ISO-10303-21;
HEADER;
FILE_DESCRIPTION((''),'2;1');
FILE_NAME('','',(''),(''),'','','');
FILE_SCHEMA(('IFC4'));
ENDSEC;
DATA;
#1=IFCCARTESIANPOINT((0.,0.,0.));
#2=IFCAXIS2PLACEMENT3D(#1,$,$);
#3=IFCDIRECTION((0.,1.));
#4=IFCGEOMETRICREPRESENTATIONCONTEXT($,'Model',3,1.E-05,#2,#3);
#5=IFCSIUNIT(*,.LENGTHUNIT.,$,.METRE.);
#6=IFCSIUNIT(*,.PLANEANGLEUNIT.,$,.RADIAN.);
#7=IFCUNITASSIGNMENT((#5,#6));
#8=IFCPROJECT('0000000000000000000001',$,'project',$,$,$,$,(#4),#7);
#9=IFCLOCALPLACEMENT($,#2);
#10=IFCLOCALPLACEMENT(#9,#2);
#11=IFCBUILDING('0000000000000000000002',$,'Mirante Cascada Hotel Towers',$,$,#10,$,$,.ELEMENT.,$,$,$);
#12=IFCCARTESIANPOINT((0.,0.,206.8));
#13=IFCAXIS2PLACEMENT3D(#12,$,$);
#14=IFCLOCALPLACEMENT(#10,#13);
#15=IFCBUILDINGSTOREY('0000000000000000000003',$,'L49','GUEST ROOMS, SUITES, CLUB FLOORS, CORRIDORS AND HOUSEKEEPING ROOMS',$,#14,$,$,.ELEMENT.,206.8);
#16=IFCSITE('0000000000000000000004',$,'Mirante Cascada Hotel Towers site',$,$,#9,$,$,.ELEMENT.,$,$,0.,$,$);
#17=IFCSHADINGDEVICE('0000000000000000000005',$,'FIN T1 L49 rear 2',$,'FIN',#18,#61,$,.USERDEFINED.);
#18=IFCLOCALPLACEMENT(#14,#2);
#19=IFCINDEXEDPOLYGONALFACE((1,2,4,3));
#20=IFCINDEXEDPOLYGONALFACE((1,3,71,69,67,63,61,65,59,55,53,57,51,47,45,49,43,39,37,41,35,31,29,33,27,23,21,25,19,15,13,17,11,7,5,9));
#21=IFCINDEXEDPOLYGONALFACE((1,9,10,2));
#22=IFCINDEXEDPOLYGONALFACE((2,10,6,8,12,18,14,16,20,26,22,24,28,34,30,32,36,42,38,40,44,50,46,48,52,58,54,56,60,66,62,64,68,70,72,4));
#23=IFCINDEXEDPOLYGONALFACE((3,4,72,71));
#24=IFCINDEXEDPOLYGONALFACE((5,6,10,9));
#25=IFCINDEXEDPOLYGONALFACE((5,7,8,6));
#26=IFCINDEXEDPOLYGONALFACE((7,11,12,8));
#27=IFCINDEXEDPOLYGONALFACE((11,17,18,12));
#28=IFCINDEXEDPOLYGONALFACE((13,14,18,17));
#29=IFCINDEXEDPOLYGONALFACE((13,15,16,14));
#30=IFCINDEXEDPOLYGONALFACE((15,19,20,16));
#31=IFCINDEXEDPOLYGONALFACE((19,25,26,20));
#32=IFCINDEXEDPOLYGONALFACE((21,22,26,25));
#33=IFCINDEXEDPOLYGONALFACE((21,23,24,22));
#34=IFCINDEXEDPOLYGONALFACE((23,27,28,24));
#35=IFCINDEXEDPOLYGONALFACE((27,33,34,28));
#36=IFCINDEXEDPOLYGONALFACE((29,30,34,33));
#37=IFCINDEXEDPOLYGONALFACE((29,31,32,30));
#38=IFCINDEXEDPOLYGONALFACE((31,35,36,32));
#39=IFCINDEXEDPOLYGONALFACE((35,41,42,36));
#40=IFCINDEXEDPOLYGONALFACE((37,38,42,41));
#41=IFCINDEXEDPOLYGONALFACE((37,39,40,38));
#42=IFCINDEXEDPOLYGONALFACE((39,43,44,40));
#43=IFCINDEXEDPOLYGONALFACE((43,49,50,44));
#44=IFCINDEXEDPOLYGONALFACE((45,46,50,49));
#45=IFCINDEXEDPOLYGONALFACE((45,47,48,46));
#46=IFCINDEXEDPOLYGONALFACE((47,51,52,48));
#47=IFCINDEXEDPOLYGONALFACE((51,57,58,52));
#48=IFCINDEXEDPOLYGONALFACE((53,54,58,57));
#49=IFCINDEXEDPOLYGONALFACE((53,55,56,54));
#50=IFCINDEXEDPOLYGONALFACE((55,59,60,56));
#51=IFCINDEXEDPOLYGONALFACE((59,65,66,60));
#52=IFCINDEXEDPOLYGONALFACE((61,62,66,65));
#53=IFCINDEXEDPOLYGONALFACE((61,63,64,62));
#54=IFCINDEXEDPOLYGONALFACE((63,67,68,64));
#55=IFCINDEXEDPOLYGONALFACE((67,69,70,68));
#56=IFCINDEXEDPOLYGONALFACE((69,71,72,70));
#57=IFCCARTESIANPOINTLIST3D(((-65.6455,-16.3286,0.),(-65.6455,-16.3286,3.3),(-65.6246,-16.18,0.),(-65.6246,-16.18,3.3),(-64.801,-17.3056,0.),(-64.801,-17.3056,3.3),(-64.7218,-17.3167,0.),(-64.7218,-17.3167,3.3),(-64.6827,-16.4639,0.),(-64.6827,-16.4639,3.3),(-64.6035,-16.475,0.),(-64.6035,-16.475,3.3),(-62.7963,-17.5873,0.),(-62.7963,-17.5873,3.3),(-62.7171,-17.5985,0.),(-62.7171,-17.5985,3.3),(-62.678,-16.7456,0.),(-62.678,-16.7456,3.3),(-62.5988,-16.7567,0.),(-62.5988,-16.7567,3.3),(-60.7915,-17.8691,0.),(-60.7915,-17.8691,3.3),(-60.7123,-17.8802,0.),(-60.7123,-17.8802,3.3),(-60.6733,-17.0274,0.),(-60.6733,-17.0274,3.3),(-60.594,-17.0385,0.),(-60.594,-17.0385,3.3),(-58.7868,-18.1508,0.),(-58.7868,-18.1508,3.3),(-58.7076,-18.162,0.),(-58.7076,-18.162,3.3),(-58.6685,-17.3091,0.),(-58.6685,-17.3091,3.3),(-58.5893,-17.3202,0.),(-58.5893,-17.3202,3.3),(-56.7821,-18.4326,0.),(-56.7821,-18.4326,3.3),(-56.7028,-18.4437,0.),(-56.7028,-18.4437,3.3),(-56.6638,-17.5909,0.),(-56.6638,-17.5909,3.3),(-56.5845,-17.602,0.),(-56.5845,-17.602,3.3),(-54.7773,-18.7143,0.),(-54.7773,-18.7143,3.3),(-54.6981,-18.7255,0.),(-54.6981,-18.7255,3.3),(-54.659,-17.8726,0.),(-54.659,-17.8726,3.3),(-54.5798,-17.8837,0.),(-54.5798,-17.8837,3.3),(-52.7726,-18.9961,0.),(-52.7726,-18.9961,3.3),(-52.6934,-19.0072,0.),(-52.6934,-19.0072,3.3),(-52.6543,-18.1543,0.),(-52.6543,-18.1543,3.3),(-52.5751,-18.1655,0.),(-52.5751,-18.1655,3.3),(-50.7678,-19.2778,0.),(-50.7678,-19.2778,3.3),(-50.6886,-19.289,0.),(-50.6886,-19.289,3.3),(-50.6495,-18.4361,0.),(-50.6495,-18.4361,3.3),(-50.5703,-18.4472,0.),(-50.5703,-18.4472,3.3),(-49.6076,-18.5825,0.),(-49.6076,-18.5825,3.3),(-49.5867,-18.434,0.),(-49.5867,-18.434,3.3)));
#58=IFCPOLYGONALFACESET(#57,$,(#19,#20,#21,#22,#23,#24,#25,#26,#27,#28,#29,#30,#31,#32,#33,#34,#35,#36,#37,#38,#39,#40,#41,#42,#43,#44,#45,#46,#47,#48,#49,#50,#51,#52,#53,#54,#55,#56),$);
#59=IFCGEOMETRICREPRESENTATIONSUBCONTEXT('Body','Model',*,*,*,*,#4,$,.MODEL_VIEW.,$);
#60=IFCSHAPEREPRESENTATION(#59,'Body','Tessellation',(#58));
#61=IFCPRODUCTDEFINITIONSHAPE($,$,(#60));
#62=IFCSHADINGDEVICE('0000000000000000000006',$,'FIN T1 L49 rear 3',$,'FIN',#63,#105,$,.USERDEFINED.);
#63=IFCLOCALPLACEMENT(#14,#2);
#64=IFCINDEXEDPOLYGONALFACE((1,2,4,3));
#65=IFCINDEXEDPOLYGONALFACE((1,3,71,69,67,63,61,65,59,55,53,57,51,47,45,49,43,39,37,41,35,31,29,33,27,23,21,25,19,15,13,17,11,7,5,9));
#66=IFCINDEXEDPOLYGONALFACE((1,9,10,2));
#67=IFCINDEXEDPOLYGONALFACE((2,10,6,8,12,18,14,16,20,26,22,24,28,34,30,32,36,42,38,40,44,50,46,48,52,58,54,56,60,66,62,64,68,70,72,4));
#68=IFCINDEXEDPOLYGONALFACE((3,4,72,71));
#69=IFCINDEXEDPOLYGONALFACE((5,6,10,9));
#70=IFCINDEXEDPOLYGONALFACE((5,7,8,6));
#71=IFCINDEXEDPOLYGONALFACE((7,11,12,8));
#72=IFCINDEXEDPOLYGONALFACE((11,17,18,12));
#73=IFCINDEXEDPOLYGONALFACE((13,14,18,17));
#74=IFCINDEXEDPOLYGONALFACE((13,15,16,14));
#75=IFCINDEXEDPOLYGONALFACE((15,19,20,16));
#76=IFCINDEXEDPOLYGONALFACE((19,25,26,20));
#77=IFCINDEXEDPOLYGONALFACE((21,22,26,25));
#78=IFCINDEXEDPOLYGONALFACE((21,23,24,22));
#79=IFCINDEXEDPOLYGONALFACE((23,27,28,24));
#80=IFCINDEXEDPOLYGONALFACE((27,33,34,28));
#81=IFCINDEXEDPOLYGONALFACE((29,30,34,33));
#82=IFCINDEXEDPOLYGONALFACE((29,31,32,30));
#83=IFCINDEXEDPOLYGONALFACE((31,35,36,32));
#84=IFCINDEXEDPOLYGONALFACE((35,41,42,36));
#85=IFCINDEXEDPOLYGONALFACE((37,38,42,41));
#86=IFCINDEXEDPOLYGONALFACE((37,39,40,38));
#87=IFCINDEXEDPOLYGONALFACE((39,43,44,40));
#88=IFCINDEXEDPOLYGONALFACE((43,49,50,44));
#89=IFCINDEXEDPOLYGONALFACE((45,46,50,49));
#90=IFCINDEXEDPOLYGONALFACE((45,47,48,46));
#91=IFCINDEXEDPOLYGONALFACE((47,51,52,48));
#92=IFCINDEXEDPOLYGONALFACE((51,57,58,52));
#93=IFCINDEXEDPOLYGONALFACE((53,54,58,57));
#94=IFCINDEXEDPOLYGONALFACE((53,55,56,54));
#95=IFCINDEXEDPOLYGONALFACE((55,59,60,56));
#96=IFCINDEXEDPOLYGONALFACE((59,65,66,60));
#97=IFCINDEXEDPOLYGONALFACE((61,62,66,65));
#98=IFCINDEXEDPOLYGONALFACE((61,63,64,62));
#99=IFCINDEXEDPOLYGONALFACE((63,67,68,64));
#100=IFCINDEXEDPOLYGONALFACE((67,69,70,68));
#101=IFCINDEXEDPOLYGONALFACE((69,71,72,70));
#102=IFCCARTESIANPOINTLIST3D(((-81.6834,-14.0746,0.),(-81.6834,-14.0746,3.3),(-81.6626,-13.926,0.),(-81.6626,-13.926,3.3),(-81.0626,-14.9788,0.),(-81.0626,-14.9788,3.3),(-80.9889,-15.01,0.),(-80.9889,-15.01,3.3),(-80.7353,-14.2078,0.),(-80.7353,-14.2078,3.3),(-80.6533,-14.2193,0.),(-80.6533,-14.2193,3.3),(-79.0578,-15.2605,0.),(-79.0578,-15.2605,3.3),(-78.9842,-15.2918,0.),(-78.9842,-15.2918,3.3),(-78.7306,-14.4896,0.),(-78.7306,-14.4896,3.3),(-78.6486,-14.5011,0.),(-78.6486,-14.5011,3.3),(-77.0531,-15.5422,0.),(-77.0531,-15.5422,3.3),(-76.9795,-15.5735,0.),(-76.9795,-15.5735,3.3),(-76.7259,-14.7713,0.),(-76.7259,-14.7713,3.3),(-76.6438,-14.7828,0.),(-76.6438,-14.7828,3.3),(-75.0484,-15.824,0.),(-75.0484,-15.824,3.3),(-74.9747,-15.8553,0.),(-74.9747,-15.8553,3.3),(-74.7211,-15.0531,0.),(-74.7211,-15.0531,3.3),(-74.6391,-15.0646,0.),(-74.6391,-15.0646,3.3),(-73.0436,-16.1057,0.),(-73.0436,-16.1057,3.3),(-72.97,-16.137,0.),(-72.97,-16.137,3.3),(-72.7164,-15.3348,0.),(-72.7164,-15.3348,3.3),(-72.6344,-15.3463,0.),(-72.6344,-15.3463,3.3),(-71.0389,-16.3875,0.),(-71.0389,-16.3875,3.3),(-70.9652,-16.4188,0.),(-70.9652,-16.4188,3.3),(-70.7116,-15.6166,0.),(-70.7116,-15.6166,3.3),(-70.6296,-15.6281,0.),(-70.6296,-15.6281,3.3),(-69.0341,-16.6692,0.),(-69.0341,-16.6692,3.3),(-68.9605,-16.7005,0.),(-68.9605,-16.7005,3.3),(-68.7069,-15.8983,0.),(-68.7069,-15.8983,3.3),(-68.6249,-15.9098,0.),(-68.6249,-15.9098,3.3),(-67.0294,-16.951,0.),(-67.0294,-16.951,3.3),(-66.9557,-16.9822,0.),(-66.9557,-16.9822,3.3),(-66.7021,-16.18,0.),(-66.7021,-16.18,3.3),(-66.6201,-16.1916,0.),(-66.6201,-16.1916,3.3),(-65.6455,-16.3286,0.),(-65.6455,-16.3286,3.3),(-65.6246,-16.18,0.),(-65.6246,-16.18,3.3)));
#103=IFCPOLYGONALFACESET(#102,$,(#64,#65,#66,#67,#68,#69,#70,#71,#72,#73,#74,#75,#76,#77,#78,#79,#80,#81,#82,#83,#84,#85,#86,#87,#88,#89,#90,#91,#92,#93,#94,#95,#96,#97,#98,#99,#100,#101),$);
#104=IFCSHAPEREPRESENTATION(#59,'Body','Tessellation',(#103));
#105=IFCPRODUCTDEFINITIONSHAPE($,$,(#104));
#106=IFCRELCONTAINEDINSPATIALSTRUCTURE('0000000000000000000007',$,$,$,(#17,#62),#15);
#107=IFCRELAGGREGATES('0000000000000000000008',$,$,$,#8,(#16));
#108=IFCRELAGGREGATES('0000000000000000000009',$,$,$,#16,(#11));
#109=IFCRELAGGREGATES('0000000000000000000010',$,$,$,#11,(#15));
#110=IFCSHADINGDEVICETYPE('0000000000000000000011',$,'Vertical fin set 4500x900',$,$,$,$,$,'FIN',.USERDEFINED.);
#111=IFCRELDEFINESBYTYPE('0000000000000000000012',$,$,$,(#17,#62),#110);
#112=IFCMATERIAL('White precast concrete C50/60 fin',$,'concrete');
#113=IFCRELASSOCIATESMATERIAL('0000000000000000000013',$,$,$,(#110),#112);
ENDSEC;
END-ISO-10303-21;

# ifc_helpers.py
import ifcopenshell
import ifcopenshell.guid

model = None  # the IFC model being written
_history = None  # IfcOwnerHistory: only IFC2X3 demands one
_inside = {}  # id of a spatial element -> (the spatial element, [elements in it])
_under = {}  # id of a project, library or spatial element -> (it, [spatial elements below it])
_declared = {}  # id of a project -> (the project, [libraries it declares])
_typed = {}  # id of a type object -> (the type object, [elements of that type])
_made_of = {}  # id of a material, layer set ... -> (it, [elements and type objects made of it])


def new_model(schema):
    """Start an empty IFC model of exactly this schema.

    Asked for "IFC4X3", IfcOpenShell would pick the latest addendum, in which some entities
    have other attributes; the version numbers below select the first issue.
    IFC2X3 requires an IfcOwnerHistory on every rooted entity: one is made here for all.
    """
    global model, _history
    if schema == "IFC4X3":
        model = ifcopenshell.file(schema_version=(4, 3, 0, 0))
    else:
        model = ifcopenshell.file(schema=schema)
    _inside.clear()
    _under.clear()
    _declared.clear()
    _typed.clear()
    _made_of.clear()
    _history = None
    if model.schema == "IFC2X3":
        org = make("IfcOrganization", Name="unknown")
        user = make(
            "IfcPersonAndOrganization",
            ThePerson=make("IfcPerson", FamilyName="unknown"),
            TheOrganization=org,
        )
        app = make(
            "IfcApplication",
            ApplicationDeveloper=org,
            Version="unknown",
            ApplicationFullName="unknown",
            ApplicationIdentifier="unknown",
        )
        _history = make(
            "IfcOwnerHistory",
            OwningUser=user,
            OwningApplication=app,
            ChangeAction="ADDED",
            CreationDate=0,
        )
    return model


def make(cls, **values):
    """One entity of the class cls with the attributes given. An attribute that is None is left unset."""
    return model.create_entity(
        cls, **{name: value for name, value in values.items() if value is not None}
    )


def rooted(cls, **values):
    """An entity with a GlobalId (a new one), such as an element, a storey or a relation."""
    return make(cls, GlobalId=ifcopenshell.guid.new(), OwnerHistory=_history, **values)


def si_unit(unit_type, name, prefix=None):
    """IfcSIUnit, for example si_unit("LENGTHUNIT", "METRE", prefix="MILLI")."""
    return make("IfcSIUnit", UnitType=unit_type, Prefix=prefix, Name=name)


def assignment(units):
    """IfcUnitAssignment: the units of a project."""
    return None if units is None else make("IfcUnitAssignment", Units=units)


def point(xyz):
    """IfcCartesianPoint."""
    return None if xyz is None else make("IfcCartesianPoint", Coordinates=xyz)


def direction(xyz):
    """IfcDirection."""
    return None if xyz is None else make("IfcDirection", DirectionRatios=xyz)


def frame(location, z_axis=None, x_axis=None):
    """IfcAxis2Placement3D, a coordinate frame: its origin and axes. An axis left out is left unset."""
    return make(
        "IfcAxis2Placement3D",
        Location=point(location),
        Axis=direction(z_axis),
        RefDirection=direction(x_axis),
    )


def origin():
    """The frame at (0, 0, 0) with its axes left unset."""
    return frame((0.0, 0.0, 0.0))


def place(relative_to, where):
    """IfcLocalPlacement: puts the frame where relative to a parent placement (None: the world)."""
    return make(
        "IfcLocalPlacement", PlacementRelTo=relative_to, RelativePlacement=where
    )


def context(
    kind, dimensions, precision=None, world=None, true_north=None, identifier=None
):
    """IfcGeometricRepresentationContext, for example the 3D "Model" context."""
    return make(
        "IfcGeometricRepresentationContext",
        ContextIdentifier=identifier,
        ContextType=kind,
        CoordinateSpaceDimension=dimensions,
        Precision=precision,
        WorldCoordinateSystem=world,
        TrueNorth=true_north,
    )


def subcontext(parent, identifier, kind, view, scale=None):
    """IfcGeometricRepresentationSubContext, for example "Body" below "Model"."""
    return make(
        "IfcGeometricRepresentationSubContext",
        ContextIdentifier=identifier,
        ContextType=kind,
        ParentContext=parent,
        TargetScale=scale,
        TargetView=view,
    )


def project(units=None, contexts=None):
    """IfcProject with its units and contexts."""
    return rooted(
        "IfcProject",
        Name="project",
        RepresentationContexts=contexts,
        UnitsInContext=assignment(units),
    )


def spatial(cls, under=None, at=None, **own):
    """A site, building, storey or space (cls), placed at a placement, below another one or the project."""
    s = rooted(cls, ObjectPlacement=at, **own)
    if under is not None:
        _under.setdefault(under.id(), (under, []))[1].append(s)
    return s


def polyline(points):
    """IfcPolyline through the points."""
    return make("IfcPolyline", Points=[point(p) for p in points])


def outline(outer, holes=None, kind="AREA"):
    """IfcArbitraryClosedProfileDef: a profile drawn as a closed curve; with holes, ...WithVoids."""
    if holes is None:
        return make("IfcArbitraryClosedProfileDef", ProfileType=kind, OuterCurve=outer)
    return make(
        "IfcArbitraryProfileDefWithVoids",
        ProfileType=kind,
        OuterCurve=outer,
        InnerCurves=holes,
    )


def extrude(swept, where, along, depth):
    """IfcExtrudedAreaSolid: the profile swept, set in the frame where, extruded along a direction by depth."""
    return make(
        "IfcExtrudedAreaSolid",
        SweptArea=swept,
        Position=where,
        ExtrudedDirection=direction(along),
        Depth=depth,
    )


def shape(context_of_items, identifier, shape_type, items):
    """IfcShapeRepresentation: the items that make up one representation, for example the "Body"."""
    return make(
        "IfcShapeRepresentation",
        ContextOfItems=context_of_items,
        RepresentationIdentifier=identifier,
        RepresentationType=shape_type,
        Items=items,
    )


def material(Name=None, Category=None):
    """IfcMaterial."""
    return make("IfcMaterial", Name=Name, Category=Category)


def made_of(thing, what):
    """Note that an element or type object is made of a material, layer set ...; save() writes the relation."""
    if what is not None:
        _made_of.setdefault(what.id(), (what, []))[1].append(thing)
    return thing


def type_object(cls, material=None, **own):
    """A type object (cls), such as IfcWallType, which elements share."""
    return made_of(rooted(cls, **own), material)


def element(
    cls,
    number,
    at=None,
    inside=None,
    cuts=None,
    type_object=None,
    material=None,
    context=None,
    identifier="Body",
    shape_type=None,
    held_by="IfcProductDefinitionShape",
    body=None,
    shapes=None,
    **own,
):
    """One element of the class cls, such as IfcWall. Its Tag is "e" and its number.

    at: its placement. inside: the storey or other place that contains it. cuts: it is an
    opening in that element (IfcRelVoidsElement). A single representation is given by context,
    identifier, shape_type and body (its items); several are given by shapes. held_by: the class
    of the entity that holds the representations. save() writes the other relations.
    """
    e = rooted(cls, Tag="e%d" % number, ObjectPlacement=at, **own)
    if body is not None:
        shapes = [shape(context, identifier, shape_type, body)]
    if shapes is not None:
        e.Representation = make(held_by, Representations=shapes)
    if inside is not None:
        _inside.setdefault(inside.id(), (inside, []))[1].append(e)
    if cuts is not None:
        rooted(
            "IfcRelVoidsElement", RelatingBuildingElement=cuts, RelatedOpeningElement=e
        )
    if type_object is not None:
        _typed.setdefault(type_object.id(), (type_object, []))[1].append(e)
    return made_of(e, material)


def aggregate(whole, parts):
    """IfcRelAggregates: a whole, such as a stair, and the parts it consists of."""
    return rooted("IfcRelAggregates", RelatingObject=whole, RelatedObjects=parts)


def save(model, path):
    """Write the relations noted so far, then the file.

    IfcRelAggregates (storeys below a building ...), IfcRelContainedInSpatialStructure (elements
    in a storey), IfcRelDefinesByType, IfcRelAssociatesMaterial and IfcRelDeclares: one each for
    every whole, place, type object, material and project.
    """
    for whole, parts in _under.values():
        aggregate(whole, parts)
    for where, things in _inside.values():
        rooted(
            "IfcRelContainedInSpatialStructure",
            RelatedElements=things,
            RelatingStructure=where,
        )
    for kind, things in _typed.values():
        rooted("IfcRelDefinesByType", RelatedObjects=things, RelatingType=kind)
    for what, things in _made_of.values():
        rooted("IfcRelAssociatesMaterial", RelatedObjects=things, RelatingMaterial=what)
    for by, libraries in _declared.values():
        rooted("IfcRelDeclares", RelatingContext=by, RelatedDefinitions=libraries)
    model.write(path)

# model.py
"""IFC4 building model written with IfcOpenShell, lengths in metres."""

from ifc_helpers import new_model, si_unit, direction, frame, origin, place, context, subcontext, project, spatial, polyline, outline, extrude, material, type_object, element, save


model = new_model("IFC4")

# Units and contexts
model_context = context("Model", 3, precision=1e-05, world=origin(), true_north=direction((0.0, 1.0)))
body_context = subcontext(model_context, "Body", "Model", "MODEL_VIEW")
ifc_project = project(units=[si_unit("LENGTHUNIT", "METRE"), si_unit("PLANEANGLEUNIT", "RADIAN")], contexts=[model_context])

# Site, building, storey
site_placement = place(None, origin())
site = spatial("IfcSite", under=ifc_project, at=site_placement, Name="Mirante Cascada Hotel Towers site", CompositionType="ELEMENT", RefElevation=0.0)
building_placement = place(site_placement, origin())
building = spatial("IfcBuilding", under=site, at=building_placement, Name="Mirante Cascada Hotel Towers", CompositionType="ELEMENT")
storey_placement = place(building_placement, frame((0.0, 0.0, 206.8)))
storey = spatial("IfcBuildingStorey", under=building, at=storey_placement, Name="L49", Description="GUEST ROOMS, SUITES, CLUB FLOORS, CORRIDORS AND HOUSEKEEPING ROOMS", CompositionType="ELEMENT", Elevation=206.8)

# Shading devices
ifc_material_1 = material(Name="White precast concrete C50/60 fin", Category="concrete")
shading_device_type = type_object("IfcShadingDeviceType", Name="Vertical fin set 4500x900", ElementType="FIN", PredefinedType="USERDEFINED", material=ifc_material_1)
shading_device_1_placement = place(storey_placement, origin())
element("IfcShadingDevice", 1, at=shading_device_1_placement, inside=storey, type_object=shading_device_type, Name="FIN T1 L49 rear 2", ObjectType="FIN", PredefinedType="USERDEFINED", context=body_context, shape_type="SweptSolid", body=[
    extrude(outline(polyline([(-50.6495, -18.4361), (-52.5751, -18.1655), (-52.6934, -19.0072), (-52.7726, -18.9961), (-52.6543, -18.1543), (-54.5798, -17.8837), (-54.6981, -18.7255), (-54.7773, -18.7143), (-54.659, -17.8726), (-56.5845, -17.602), (-56.7028, -18.4437), (-56.7821, -18.4326), (-56.6638, -17.5909), (-58.5893, -17.3202), (-58.7076, -18.162), (-58.7868, -18.1508), (-58.6685, -17.3091), (-60.594, -17.0385), (-60.7123, -17.8802), (-60.7915, -17.8691), (-60.6733, -17.0274), (-62.5988, -16.7567), (-62.7171, -17.5985), (-62.7963, -17.5873), (-62.678, -16.7456), (-64.6035, -16.475), (-64.7218, -17.3167), (-64.801, -17.3056), (-64.6827, -16.4639), (-65.6455, -16.3286), (-65.6246, -16.18), (-49.5867, -18.434), (-49.6076, -18.5825), (-50.5703, -18.4472), (-50.6886, -19.289), (-50.7678, -19.2778), (-50.6495, -18.4361)])), origin(), (0.0, 0.0, 1.0), 3.3),
])
shading_device_2_placement = place(storey_placement, origin())
element("IfcShadingDevice", 2, at=shading_device_2_placement, inside=storey, type_object=shading_device_type, Name="FIN T1 L49 rear 3", ObjectType="FIN", PredefinedType="USERDEFINED", context=body_context, shape_type="SweptSolid", body=[
    extrude(outline(polyline([(-66.7021, -16.18), (-68.6249, -15.9098), (-68.9605, -16.7005), (-69.0341, -16.6692), (-68.7069, -15.8983), (-70.6296, -15.6281), (-70.9652, -16.4188), (-71.0389, -16.3875), (-70.7116, -15.6166), (-72.6344, -15.3463), (-72.97, -16.137), (-73.0436, -16.1057), (-72.7164, -15.3348), (-74.6391, -15.0646), (-74.9747, -15.8553), (-75.0484, -15.824), (-74.7211, -15.0531), (-76.6438, -14.7828), (-76.9795, -15.5735), (-77.0531, -15.5422), (-76.7259, -14.7713), (-78.6486, -14.5011), (-78.9842, -15.2918), (-79.0578, -15.2605), (-78.7306, -14.4896), (-80.6533, -14.2193), (-80.9889, -15.01), (-81.0626, -14.9788), (-80.7353, -14.2078), (-81.6834, -14.0746), (-81.6626, -13.926), (-65.6246, -16.18), (-65.6455, -16.3286), (-66.6201, -16.1916), (-66.9557, -16.9822), (-67.0294, -16.951), (-66.7021, -16.18)])), origin(), (0.0, 0.0, 1.0), 3.3),
])

save(model, "model.ifc")
